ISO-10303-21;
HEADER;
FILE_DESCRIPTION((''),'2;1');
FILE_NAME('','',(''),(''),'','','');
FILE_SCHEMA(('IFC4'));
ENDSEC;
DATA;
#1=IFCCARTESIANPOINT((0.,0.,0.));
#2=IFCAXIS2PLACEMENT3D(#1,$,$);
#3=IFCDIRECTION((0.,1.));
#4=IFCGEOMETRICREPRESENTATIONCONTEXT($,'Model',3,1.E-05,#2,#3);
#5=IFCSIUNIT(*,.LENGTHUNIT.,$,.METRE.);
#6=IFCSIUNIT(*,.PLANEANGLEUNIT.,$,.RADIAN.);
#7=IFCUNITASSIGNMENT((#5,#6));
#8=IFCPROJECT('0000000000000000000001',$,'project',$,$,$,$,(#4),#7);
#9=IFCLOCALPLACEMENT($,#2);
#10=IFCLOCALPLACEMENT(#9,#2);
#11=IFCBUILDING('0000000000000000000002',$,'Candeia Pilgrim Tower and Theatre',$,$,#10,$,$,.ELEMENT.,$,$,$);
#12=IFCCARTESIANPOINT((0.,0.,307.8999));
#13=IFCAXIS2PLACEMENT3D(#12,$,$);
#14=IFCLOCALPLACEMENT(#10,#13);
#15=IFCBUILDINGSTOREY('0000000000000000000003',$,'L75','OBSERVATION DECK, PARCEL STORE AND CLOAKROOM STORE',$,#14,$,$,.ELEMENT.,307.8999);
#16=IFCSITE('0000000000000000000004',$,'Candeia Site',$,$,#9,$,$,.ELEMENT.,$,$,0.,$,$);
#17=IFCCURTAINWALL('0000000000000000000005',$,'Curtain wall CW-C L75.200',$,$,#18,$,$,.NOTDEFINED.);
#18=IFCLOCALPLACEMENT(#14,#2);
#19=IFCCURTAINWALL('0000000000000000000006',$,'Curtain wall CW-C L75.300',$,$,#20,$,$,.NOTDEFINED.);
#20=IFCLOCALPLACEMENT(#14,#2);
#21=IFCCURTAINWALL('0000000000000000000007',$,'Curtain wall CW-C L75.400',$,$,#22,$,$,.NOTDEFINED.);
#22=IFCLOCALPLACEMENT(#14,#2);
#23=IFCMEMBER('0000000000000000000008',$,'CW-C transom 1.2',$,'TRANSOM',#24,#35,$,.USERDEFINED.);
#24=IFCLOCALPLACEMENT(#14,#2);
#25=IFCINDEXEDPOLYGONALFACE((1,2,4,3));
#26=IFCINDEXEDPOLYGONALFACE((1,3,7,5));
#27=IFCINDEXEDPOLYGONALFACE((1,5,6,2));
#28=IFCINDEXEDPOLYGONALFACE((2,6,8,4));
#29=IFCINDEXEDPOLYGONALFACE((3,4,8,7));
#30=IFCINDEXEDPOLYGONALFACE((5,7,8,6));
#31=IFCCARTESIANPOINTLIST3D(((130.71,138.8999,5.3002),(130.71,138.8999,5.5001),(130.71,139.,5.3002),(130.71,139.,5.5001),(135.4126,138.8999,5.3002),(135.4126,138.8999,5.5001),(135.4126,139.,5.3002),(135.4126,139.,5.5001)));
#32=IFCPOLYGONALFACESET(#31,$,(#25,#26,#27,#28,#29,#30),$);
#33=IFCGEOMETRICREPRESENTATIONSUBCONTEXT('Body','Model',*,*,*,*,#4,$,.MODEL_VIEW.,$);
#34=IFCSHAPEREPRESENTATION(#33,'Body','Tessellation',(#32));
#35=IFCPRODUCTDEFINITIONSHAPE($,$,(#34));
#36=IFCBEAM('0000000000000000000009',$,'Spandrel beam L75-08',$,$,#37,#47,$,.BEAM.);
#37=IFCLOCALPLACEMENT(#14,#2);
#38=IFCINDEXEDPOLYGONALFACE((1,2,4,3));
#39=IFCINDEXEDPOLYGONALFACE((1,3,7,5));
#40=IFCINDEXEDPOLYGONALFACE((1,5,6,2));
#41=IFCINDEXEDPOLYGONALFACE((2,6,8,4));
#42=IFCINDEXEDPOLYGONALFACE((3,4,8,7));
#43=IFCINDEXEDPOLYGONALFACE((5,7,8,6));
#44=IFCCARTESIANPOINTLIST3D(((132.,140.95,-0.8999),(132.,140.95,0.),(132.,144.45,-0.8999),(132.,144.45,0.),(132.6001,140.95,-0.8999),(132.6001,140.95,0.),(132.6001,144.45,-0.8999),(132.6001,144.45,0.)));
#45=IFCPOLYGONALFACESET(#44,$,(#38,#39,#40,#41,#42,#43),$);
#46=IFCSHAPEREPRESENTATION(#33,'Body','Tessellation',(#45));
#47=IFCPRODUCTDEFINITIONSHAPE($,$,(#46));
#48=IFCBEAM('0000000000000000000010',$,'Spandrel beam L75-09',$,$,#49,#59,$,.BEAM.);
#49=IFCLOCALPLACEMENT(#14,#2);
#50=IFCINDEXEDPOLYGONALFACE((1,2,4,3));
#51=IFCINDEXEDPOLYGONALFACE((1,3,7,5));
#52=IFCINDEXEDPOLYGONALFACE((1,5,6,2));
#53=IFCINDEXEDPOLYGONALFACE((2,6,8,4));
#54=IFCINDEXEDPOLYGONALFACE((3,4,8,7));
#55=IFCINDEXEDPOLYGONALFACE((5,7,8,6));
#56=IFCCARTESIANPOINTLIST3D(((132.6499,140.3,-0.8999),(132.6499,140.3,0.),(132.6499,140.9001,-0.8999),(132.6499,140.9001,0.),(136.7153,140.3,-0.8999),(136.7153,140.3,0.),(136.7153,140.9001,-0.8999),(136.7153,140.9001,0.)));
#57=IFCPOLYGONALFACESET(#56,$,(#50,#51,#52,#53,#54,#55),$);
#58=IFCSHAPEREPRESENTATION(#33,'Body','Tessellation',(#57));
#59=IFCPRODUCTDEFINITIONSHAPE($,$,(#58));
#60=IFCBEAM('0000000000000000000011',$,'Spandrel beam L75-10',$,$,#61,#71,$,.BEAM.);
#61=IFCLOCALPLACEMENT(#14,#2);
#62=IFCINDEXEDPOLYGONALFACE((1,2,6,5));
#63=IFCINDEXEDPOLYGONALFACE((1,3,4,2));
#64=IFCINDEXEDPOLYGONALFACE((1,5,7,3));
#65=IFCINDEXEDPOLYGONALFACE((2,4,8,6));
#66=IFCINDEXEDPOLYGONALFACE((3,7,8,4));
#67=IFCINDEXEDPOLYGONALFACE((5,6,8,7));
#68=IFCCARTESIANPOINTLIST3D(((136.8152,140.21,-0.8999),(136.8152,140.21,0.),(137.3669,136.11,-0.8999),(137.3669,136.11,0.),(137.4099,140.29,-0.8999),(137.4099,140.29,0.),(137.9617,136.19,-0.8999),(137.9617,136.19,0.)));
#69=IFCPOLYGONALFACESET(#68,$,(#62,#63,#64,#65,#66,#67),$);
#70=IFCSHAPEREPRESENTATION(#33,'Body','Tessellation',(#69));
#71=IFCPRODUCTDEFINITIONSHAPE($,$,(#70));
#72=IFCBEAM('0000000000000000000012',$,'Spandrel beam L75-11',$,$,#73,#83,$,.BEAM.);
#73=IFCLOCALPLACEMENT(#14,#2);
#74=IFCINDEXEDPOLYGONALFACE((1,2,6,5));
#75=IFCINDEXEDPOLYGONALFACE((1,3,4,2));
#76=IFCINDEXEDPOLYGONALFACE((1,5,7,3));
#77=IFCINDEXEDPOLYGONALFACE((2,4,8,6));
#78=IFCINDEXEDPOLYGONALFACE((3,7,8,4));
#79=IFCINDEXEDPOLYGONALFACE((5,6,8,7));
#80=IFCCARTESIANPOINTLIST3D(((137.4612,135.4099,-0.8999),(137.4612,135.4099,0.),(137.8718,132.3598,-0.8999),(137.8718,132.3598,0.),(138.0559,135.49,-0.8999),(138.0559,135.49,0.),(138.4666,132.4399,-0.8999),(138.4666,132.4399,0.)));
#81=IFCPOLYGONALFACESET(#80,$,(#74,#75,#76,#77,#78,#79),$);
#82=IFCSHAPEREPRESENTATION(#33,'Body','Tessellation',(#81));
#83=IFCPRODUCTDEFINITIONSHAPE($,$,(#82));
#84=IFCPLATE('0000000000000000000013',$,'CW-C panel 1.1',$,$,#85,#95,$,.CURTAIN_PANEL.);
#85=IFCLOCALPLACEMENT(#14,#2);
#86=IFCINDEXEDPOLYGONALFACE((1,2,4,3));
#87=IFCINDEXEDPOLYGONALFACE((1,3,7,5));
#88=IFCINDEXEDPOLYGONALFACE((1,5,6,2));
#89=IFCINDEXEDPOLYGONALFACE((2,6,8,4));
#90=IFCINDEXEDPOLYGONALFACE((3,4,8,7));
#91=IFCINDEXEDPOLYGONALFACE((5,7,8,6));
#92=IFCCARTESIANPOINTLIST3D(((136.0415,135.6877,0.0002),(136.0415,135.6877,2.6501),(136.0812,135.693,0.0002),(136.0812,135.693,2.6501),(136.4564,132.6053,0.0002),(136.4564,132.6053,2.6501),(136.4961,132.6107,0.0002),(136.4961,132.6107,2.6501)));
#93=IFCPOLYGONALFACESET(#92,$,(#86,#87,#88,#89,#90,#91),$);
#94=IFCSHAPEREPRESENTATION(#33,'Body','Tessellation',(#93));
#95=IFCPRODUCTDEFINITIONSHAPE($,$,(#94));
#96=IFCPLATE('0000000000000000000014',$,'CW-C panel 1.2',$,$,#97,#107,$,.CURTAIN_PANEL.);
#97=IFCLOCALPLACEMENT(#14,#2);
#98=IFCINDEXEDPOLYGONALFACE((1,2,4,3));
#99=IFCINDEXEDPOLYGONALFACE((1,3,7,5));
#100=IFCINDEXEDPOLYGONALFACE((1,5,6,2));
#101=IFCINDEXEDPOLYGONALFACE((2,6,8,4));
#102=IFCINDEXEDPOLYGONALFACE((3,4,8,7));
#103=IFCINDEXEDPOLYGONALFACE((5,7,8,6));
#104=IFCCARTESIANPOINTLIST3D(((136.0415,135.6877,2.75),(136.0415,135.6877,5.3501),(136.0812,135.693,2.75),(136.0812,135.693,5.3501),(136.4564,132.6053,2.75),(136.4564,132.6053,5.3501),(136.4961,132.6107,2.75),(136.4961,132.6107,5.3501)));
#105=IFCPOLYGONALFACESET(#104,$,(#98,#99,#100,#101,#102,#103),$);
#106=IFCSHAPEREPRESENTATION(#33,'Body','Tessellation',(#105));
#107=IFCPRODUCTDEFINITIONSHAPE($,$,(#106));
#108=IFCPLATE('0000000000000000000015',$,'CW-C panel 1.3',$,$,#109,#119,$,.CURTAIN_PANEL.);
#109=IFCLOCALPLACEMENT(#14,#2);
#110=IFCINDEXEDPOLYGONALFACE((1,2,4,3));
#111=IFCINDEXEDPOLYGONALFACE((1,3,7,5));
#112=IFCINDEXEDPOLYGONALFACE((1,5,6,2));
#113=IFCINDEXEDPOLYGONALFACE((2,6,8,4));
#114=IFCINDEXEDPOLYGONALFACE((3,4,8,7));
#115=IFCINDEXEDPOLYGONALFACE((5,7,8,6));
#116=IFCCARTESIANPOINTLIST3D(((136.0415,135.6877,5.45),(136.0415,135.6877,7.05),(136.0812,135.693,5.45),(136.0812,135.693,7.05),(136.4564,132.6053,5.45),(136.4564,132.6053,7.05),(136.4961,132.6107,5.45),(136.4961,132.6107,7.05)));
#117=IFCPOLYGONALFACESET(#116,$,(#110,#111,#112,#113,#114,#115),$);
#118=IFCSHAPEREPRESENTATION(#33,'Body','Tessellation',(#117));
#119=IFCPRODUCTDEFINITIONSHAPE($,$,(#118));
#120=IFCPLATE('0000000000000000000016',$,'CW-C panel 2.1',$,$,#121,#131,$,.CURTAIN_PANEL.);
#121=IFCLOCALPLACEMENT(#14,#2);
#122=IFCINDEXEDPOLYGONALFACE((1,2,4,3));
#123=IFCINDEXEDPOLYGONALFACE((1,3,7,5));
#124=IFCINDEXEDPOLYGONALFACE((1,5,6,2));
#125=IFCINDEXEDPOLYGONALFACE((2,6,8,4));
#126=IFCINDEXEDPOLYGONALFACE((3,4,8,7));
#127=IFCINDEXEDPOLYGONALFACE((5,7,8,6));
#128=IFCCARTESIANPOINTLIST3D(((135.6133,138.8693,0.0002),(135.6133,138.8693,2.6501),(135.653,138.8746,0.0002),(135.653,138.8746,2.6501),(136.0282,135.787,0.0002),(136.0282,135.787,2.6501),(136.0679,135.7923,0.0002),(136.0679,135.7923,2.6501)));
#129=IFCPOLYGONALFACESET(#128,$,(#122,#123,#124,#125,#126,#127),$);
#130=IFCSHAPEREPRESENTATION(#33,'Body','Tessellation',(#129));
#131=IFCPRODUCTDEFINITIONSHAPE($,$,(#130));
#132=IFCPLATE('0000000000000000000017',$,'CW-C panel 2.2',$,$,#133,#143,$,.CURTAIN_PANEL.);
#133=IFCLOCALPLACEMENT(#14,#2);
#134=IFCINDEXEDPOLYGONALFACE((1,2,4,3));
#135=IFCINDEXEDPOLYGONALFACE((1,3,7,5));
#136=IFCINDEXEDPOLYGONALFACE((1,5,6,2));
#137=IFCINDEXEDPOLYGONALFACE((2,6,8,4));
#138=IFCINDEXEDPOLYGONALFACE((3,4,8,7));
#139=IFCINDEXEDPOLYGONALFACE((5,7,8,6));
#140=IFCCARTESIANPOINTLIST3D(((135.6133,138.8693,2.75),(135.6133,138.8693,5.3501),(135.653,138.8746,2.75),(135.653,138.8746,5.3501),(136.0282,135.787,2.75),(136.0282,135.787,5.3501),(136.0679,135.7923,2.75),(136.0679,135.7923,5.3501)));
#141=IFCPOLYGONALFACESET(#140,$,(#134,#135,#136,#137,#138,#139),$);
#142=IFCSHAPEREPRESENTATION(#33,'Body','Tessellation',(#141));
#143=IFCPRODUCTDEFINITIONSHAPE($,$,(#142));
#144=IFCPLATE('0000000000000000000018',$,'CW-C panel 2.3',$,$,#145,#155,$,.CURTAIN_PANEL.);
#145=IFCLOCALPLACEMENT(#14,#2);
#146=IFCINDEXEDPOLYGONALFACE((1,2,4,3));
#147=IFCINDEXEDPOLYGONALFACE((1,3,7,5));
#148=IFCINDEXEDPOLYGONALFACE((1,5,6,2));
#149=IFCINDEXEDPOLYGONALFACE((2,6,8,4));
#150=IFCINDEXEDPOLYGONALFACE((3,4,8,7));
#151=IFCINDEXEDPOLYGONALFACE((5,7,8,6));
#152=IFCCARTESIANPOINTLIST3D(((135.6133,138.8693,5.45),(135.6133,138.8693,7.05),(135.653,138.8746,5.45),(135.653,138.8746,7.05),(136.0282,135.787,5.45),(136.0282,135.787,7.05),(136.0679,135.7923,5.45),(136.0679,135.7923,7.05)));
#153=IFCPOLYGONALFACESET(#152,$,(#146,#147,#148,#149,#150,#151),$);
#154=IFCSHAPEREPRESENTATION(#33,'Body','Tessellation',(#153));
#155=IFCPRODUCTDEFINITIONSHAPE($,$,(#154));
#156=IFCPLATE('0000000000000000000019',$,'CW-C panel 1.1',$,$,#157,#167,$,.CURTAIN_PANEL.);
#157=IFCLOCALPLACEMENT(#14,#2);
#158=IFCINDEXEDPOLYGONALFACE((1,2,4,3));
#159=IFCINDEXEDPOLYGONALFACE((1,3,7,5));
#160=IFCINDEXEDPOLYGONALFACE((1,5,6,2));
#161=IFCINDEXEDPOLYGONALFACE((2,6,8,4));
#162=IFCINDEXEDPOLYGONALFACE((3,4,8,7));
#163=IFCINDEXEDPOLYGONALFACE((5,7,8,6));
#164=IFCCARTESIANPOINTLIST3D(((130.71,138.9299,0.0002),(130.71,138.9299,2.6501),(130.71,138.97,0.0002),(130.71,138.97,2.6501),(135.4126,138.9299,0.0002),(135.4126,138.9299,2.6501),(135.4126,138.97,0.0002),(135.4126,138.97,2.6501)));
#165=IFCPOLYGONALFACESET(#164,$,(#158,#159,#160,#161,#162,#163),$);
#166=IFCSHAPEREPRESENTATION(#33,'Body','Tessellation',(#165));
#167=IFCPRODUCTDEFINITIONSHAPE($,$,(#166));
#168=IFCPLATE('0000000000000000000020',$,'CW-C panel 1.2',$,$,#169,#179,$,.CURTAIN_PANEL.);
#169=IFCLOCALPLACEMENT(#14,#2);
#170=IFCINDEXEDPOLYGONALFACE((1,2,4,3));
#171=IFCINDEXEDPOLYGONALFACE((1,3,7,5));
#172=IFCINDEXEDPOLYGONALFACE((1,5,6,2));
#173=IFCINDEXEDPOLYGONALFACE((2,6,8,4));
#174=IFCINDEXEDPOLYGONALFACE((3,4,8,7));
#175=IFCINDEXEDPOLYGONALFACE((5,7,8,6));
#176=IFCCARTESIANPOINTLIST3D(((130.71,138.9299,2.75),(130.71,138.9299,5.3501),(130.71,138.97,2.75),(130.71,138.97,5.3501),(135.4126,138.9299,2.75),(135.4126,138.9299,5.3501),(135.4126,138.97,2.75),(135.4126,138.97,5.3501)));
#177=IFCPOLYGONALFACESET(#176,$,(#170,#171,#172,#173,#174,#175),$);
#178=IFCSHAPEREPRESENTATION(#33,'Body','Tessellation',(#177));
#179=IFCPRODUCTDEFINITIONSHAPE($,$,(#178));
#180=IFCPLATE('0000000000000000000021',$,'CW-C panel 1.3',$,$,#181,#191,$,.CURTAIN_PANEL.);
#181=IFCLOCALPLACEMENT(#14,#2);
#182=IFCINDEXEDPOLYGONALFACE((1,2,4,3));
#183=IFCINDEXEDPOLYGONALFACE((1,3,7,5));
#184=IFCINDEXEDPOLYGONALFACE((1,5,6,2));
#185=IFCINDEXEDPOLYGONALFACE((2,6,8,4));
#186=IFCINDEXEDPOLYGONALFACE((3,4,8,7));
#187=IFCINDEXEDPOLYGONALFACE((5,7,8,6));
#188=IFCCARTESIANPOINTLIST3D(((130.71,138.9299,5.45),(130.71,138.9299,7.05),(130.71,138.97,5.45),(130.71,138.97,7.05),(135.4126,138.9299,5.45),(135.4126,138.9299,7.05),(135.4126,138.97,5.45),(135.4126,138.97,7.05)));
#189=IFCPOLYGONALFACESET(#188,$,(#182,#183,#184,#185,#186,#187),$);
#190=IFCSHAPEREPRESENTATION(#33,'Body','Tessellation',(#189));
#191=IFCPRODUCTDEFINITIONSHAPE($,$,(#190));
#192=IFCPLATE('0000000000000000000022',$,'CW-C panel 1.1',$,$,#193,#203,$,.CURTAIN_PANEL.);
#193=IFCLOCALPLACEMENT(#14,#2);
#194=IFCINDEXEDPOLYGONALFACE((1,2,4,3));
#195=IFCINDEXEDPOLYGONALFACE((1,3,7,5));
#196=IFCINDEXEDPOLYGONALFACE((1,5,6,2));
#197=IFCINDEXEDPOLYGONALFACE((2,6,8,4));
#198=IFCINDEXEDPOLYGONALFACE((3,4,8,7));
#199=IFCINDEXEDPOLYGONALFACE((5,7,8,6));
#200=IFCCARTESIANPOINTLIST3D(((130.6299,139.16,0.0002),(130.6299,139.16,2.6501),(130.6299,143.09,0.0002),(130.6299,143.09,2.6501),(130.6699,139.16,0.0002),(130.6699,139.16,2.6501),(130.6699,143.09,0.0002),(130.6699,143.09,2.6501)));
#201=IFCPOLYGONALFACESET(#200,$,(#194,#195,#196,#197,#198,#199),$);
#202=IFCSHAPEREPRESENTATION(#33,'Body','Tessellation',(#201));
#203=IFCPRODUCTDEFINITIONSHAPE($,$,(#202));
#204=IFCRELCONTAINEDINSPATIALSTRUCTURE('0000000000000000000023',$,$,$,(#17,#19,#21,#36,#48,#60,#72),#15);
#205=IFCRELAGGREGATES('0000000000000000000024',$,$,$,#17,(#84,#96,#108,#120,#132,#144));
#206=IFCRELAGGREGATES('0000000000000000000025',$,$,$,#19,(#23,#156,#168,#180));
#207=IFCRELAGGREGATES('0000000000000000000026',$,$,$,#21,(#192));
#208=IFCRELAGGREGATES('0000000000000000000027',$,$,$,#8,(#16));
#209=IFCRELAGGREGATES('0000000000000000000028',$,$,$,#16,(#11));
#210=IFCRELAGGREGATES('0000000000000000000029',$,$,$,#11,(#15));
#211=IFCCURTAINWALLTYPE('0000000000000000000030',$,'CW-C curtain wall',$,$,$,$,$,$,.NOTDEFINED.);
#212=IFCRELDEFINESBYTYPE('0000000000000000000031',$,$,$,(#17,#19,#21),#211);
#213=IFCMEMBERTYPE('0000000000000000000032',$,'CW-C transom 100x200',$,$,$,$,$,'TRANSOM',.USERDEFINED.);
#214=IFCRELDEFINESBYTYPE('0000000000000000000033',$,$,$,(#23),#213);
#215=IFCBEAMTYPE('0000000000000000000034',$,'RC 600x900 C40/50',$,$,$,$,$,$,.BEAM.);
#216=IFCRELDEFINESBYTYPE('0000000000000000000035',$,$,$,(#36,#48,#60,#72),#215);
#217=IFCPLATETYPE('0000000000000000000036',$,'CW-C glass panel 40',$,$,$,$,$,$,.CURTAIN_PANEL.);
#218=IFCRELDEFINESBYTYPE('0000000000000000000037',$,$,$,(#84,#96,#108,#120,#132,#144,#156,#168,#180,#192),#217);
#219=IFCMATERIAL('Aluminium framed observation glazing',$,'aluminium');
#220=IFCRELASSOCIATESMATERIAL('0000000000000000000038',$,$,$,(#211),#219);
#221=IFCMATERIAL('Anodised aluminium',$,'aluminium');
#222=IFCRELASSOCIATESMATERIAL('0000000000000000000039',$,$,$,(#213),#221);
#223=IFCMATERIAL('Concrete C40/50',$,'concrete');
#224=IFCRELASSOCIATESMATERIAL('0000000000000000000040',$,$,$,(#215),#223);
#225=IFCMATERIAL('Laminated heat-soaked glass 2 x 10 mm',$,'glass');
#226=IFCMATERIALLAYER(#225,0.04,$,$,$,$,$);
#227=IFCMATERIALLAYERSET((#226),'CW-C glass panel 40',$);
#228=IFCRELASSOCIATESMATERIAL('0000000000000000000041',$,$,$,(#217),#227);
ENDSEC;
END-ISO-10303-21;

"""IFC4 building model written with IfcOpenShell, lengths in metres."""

from ifc_helpers import new_model, si_unit, direction, frame, origin, origin_2d, place, context, subcontext, project, spatial, rectangle, extrude, material, layer, layer_set, material_profile, profile_set, type_object, element, aggregate, save


model = new_model("IFC4")

# Units and contexts
model_context = context("Model", 3, precision=1e-05, world=origin(), true_north=direction((0.0, 1.0)))
body_context = subcontext(model_context, "Body", "Model", "MODEL_VIEW")
ifc_project = project(units=[si_unit("LENGTHUNIT", "METRE"), si_unit("PLANEANGLEUNIT", "RADIAN")], contexts=[model_context])

# Site, building, storey
site_placement = place(None, origin())
site = spatial("IfcSite", under=ifc_project, at=site_placement, Name="Candeia Site", CompositionType="ELEMENT", RefElevation=0.0)
building_placement = place(site_placement, origin())
building = spatial("IfcBuilding", under=site, at=building_placement, Name="Candeia Pilgrim Tower and Theatre", CompositionType="ELEMENT")
storey_placement = place(building_placement, frame((0.0, 0.0, 307.8999)))
storey = spatial("IfcBuildingStorey", under=building, at=storey_placement, Name="L75", Description="OBSERVATION DECK, PARCEL STORE AND CLOAKROOM STORE", CompositionType="ELEMENT", Elevation=307.8999)

# Shared definitions
ifc_material_1 = material(Name="Concrete C40/50", Category="concrete")

# Curtain walls
ifc_material_2 = material(Name="Aluminium framed observation glazing", Category="aluminium")
curtain_wall_type = type_object("IfcCurtainWallType", Name="CW-C curtain wall", PredefinedType="NOTDEFINED", material=ifc_material_2)
curtain_wall_1_placement = place(storey_placement, origin())
curtain_wall_1 = element("IfcCurtainWall", 1, at=curtain_wall_1_placement, inside=storey, type_object=curtain_wall_type, Name="Curtain wall CW-C L75.200", PredefinedType="NOTDEFINED")
ifc_material_3 = material(Name="Anodised aluminium", Category="aluminium")
curtain_wall_2_placement = place(storey_placement, origin())
curtain_wall_2 = element("IfcCurtainWall", 2, at=curtain_wall_2_placement, inside=storey, type_object=curtain_wall_type, Name="Curtain wall CW-C L75.300", PredefinedType="NOTDEFINED")

# Curtain wall
curtain_wall_3_placement = place(storey_placement, origin())
curtain_wall_3 = element("IfcCurtainWall", 3, at=curtain_wall_3_placement, inside=storey, type_object=curtain_wall_type, Name="Curtain wall CW-C L75.400", PredefinedType="NOTDEFINED")

# Member
ifc_material_profile_1 = material_profile(ifc_material_3, rectangle(XDim=0.1001, YDim=0.2, at=origin_2d()))
ifc_profile_set_1 = profile_set([ifc_material_profile_1], Name="Anodised aluminium")
member_type_1 = type_object("IfcMemberType", Name="CW-C transom 100x200", ElementType="TRANSOM", PredefinedType="USERDEFINED", material=ifc_profile_set_1)
member_1_placement = place(storey_placement, frame((135.4126, 138.95, 5.4001), z_axis=(-1.0, 0.0, 0.0), x_axis=(0.0, -1.0, 0.0)))
member_1 = element("IfcMember", 4, at=member_1_placement, type_object=member_type_1, Name="CW-C transom 1.2", ObjectType="TRANSOM", PredefinedType="USERDEFINED", context=body_context, shape_type="SweptSolid", body=[
    extrude(rectangle(XDim=0.1001, YDim=0.2, at=origin_2d()), origin(), (0.0, 0.0, 1.0), 4.7026),
])

# Beams
ifc_material_profile_2 = material_profile(ifc_material_1, rectangle(XDim=0.6001, YDim=0.8999, at=origin_2d()))
ifc_profile_set_2 = profile_set([ifc_material_profile_2], Name="Concrete C40/50")
beam_type = type_object("IfcBeamType", Name="RC 600x900 C40/50", PredefinedType="BEAM", material=ifc_profile_set_2)
beam_1_placement = place(storey_placement, frame((132.3, 144.45, -0.45), z_axis=(0.0, -1.0, 0.0), x_axis=(1.0, 0.0, 0.0)))
element("IfcBeam", 5, at=beam_1_placement, inside=storey, type_object=beam_type, Name="Spandrel beam L75-08", PredefinedType="BEAM", context=body_context, shape_type="SweptSolid", body=[
    extrude(rectangle(XDim=0.6001, YDim=0.8999, at=origin_2d()), origin(), (0.0, 0.0, 1.0), 3.5),
])
beam_2_placement = place(storey_placement, frame((132.6499, 140.6001, -0.45), z_axis=(1.0, 0.0, 0.0), x_axis=(0.0, 1.0, 0.0)))
element("IfcBeam", 6, at=beam_2_placement, inside=storey, type_object=beam_type, Name="Spandrel beam L75-09", PredefinedType="BEAM", context=body_context, shape_type="SweptSolid", body=[
    extrude(rectangle(XDim=0.6001, YDim=0.8999, at=origin_2d()), origin(), (0.0, 0.0, 1.0), 4.0654),
])
beam_3_placement = place(storey_placement, frame((137.1125, 140.25, -0.45), z_axis=(0.13337, -0.991066, 0.0), x_axis=(0.991066, 0.13337, 0.0)))
element("IfcBeam", 7, at=beam_3_placement, inside=storey, type_object=beam_type, Name="Spandrel beam L75-10", PredefinedType="BEAM", context=body_context, shape_type="SweptSolid", body=[
    extrude(rectangle(XDim=0.6001, YDim=0.8999, at=origin_2d()), origin(), (0.0, 0.0, 1.0), 4.137),
])
beam_4_placement = place(storey_placement, frame((137.7585, 135.45, -0.45), z_axis=(0.133431, -0.991058, 0.0), x_axis=(0.991058, 0.133431, 0.0)))
element("IfcBeam", 8, at=beam_4_placement, inside=storey, type_object=beam_type, Name="Spandrel beam L75-11", PredefinedType="BEAM", context=body_context, shape_type="SweptSolid", body=[
    extrude(rectangle(XDim=0.6001, YDim=0.8999, at=origin_2d()), origin(), (0.0, 0.0, 1.0), 3.0776),
])

# Plates
ifc_material_4 = material(Name="Laminated heat-soaked glass 2 x 10 mm", Category="glass")
ifc_layer_1 = layer(ifc_material_4, 0.04)
ifc_layer_set_1 = layer_set([ifc_layer_1], Name="CW-C glass panel 40")
plate_type = type_object("IfcPlateType", Name="CW-C glass panel 40", PredefinedType="CURTAIN_PANEL", material=ifc_layer_set_1)
plate_1_placement = place(storey_placement, frame((136.2688, 134.1492, 0.0002), z_axis=(0.0, 0.0, 1.0), x_axis=(-0.133412, 0.991061, 0.0)))
plate_1 = element("IfcPlate", 9, at=plate_1_placement, type_object=plate_type, Name="CW-C panel 1.1", PredefinedType="CURTAIN_PANEL", context=body_context, shape_type="SweptSolid", body=[
    extrude(rectangle(XDim=3.1101, YDim=0.04, at=origin_2d()), origin(), (0.0, 0.0, 1.0), 2.6499),
])
plate_2_placement = place(storey_placement, frame((136.2688, 134.1492, 2.75), z_axis=(0.0, 0.0, 1.0), x_axis=(-0.133412, 0.991061, 0.0)))
plate_2 = element("IfcPlate", 10, at=plate_2_placement, type_object=plate_type, Name="CW-C panel 1.2", PredefinedType="CURTAIN_PANEL", context=body_context, shape_type="SweptSolid", body=[
    extrude(rectangle(XDim=3.1101, YDim=0.04, at=origin_2d()), origin(), (0.0, 0.0, 1.0), 2.6001),
])
plate_3_placement = place(storey_placement, frame((136.2688, 134.1492, 5.45), z_axis=(0.0, 0.0, 1.0), x_axis=(-0.133412, 0.991061, 0.0)))
plate_3 = element("IfcPlate", 11, at=plate_3_placement, type_object=plate_type, Name="CW-C panel 1.3", PredefinedType="CURTAIN_PANEL", context=body_context, shape_type="SweptSolid", body=[
    extrude(rectangle(XDim=3.1101, YDim=0.04, at=origin_2d()), origin(), (0.0, 0.0, 1.0), 1.6001),
])
plate_4_placement = place(storey_placement, frame((135.8406, 137.3308, 0.0002), z_axis=(0.0, 0.0, 1.0), x_axis=(-0.133412, 0.991061, 0.0)))
plate_4 = element("IfcPlate", 12, at=plate_4_placement, type_object=plate_type, Name="CW-C panel 2.1", PredefinedType="CURTAIN_PANEL", context=body_context, shape_type="SweptSolid", body=[
    extrude(rectangle(XDim=3.1101, YDim=0.04, at=origin_2d()), origin(), (0.0, 0.0, 1.0), 2.6499),
])
plate_5_placement = place(storey_placement, frame((135.8406, 137.3308, 2.75), z_axis=(0.0, 0.0, 1.0), x_axis=(-0.133412, 0.991061, 0.0)))
plate_5 = element("IfcPlate", 13, at=plate_5_placement, type_object=plate_type, Name="CW-C panel 2.2", PredefinedType="CURTAIN_PANEL", context=body_context, shape_type="SweptSolid", body=[
    extrude(rectangle(XDim=3.1101, YDim=0.04, at=origin_2d()), origin(), (0.0, 0.0, 1.0), 2.6001),
])
plate_6_placement = place(storey_placement, frame((135.8406, 137.3308, 5.45), z_axis=(0.0, 0.0, 1.0), x_axis=(-0.133412, 0.991061, 0.0)))
plate_6 = element("IfcPlate", 14, at=plate_6_placement, type_object=plate_type, Name="CW-C panel 2.3", PredefinedType="CURTAIN_PANEL", context=body_context, shape_type="SweptSolid", body=[
    extrude(rectangle(XDim=3.1101, YDim=0.04, at=origin_2d()), origin(), (0.0, 0.0, 1.0), 1.6001),
])
aggregate(curtain_wall_1, [plate_1, plate_2, plate_3, plate_4, plate_5, plate_6])
plate_7_placement = place(storey_placement, frame((133.0613, 138.95, 0.0002), z_axis=(0.0, 0.0, 1.0), x_axis=(-1.0, 0.0, 0.0)))
plate_7 = element("IfcPlate", 15, at=plate_7_placement, type_object=plate_type, Name="CW-C panel 1.1", PredefinedType="CURTAIN_PANEL", context=body_context, shape_type="SweptSolid", body=[
    extrude(rectangle(XDim=4.7026, YDim=0.04, at=origin_2d()), origin(), (0.0, 0.0, 1.0), 2.6499),
])
plate_8_placement = place(storey_placement, frame((133.0613, 138.95, 2.75), z_axis=(0.0, 0.0, 1.0), x_axis=(-1.0, 0.0, 0.0)))
plate_8 = element("IfcPlate", 16, at=plate_8_placement, type_object=plate_type, Name="CW-C panel 1.2", PredefinedType="CURTAIN_PANEL", context=body_context, shape_type="SweptSolid", body=[
    extrude(rectangle(XDim=4.7026, YDim=0.04, at=origin_2d()), origin(), (0.0, 0.0, 1.0), 2.6001),
])
plate_9_placement = place(storey_placement, frame((133.0613, 138.95, 5.45), z_axis=(0.0, 0.0, 1.0), x_axis=(-1.0, 0.0, 0.0)))
plate_9 = element("IfcPlate", 17, at=plate_9_placement, type_object=plate_type, Name="CW-C panel 1.3", PredefinedType="CURTAIN_PANEL", context=body_context, shape_type="SweptSolid", body=[
    extrude(rectangle(XDim=4.7026, YDim=0.04, at=origin_2d()), origin(), (0.0, 0.0, 1.0), 1.6001),
])
aggregate(curtain_wall_2, [member_1, plate_7, plate_8, plate_9])
plate_10_placement = place(storey_placement, frame((130.6499, 141.125, 0.0002), z_axis=(0.0, 0.0, 1.0), x_axis=(0.0, 1.0, 0.0)))
plate_10 = element("IfcPlate", 18, at=plate_10_placement, type_object=plate_type, Name="CW-C panel 1.1", PredefinedType="CURTAIN_PANEL", context=body_context, shape_type="SweptSolid", body=[
    extrude(rectangle(XDim=3.9299, YDim=0.04, at=origin_2d()), origin(), (0.0, 0.0, 1.0), 2.6499),
])
aggregate(curtain_wall_3, [plate_10])

save(model, "model.ifc")
